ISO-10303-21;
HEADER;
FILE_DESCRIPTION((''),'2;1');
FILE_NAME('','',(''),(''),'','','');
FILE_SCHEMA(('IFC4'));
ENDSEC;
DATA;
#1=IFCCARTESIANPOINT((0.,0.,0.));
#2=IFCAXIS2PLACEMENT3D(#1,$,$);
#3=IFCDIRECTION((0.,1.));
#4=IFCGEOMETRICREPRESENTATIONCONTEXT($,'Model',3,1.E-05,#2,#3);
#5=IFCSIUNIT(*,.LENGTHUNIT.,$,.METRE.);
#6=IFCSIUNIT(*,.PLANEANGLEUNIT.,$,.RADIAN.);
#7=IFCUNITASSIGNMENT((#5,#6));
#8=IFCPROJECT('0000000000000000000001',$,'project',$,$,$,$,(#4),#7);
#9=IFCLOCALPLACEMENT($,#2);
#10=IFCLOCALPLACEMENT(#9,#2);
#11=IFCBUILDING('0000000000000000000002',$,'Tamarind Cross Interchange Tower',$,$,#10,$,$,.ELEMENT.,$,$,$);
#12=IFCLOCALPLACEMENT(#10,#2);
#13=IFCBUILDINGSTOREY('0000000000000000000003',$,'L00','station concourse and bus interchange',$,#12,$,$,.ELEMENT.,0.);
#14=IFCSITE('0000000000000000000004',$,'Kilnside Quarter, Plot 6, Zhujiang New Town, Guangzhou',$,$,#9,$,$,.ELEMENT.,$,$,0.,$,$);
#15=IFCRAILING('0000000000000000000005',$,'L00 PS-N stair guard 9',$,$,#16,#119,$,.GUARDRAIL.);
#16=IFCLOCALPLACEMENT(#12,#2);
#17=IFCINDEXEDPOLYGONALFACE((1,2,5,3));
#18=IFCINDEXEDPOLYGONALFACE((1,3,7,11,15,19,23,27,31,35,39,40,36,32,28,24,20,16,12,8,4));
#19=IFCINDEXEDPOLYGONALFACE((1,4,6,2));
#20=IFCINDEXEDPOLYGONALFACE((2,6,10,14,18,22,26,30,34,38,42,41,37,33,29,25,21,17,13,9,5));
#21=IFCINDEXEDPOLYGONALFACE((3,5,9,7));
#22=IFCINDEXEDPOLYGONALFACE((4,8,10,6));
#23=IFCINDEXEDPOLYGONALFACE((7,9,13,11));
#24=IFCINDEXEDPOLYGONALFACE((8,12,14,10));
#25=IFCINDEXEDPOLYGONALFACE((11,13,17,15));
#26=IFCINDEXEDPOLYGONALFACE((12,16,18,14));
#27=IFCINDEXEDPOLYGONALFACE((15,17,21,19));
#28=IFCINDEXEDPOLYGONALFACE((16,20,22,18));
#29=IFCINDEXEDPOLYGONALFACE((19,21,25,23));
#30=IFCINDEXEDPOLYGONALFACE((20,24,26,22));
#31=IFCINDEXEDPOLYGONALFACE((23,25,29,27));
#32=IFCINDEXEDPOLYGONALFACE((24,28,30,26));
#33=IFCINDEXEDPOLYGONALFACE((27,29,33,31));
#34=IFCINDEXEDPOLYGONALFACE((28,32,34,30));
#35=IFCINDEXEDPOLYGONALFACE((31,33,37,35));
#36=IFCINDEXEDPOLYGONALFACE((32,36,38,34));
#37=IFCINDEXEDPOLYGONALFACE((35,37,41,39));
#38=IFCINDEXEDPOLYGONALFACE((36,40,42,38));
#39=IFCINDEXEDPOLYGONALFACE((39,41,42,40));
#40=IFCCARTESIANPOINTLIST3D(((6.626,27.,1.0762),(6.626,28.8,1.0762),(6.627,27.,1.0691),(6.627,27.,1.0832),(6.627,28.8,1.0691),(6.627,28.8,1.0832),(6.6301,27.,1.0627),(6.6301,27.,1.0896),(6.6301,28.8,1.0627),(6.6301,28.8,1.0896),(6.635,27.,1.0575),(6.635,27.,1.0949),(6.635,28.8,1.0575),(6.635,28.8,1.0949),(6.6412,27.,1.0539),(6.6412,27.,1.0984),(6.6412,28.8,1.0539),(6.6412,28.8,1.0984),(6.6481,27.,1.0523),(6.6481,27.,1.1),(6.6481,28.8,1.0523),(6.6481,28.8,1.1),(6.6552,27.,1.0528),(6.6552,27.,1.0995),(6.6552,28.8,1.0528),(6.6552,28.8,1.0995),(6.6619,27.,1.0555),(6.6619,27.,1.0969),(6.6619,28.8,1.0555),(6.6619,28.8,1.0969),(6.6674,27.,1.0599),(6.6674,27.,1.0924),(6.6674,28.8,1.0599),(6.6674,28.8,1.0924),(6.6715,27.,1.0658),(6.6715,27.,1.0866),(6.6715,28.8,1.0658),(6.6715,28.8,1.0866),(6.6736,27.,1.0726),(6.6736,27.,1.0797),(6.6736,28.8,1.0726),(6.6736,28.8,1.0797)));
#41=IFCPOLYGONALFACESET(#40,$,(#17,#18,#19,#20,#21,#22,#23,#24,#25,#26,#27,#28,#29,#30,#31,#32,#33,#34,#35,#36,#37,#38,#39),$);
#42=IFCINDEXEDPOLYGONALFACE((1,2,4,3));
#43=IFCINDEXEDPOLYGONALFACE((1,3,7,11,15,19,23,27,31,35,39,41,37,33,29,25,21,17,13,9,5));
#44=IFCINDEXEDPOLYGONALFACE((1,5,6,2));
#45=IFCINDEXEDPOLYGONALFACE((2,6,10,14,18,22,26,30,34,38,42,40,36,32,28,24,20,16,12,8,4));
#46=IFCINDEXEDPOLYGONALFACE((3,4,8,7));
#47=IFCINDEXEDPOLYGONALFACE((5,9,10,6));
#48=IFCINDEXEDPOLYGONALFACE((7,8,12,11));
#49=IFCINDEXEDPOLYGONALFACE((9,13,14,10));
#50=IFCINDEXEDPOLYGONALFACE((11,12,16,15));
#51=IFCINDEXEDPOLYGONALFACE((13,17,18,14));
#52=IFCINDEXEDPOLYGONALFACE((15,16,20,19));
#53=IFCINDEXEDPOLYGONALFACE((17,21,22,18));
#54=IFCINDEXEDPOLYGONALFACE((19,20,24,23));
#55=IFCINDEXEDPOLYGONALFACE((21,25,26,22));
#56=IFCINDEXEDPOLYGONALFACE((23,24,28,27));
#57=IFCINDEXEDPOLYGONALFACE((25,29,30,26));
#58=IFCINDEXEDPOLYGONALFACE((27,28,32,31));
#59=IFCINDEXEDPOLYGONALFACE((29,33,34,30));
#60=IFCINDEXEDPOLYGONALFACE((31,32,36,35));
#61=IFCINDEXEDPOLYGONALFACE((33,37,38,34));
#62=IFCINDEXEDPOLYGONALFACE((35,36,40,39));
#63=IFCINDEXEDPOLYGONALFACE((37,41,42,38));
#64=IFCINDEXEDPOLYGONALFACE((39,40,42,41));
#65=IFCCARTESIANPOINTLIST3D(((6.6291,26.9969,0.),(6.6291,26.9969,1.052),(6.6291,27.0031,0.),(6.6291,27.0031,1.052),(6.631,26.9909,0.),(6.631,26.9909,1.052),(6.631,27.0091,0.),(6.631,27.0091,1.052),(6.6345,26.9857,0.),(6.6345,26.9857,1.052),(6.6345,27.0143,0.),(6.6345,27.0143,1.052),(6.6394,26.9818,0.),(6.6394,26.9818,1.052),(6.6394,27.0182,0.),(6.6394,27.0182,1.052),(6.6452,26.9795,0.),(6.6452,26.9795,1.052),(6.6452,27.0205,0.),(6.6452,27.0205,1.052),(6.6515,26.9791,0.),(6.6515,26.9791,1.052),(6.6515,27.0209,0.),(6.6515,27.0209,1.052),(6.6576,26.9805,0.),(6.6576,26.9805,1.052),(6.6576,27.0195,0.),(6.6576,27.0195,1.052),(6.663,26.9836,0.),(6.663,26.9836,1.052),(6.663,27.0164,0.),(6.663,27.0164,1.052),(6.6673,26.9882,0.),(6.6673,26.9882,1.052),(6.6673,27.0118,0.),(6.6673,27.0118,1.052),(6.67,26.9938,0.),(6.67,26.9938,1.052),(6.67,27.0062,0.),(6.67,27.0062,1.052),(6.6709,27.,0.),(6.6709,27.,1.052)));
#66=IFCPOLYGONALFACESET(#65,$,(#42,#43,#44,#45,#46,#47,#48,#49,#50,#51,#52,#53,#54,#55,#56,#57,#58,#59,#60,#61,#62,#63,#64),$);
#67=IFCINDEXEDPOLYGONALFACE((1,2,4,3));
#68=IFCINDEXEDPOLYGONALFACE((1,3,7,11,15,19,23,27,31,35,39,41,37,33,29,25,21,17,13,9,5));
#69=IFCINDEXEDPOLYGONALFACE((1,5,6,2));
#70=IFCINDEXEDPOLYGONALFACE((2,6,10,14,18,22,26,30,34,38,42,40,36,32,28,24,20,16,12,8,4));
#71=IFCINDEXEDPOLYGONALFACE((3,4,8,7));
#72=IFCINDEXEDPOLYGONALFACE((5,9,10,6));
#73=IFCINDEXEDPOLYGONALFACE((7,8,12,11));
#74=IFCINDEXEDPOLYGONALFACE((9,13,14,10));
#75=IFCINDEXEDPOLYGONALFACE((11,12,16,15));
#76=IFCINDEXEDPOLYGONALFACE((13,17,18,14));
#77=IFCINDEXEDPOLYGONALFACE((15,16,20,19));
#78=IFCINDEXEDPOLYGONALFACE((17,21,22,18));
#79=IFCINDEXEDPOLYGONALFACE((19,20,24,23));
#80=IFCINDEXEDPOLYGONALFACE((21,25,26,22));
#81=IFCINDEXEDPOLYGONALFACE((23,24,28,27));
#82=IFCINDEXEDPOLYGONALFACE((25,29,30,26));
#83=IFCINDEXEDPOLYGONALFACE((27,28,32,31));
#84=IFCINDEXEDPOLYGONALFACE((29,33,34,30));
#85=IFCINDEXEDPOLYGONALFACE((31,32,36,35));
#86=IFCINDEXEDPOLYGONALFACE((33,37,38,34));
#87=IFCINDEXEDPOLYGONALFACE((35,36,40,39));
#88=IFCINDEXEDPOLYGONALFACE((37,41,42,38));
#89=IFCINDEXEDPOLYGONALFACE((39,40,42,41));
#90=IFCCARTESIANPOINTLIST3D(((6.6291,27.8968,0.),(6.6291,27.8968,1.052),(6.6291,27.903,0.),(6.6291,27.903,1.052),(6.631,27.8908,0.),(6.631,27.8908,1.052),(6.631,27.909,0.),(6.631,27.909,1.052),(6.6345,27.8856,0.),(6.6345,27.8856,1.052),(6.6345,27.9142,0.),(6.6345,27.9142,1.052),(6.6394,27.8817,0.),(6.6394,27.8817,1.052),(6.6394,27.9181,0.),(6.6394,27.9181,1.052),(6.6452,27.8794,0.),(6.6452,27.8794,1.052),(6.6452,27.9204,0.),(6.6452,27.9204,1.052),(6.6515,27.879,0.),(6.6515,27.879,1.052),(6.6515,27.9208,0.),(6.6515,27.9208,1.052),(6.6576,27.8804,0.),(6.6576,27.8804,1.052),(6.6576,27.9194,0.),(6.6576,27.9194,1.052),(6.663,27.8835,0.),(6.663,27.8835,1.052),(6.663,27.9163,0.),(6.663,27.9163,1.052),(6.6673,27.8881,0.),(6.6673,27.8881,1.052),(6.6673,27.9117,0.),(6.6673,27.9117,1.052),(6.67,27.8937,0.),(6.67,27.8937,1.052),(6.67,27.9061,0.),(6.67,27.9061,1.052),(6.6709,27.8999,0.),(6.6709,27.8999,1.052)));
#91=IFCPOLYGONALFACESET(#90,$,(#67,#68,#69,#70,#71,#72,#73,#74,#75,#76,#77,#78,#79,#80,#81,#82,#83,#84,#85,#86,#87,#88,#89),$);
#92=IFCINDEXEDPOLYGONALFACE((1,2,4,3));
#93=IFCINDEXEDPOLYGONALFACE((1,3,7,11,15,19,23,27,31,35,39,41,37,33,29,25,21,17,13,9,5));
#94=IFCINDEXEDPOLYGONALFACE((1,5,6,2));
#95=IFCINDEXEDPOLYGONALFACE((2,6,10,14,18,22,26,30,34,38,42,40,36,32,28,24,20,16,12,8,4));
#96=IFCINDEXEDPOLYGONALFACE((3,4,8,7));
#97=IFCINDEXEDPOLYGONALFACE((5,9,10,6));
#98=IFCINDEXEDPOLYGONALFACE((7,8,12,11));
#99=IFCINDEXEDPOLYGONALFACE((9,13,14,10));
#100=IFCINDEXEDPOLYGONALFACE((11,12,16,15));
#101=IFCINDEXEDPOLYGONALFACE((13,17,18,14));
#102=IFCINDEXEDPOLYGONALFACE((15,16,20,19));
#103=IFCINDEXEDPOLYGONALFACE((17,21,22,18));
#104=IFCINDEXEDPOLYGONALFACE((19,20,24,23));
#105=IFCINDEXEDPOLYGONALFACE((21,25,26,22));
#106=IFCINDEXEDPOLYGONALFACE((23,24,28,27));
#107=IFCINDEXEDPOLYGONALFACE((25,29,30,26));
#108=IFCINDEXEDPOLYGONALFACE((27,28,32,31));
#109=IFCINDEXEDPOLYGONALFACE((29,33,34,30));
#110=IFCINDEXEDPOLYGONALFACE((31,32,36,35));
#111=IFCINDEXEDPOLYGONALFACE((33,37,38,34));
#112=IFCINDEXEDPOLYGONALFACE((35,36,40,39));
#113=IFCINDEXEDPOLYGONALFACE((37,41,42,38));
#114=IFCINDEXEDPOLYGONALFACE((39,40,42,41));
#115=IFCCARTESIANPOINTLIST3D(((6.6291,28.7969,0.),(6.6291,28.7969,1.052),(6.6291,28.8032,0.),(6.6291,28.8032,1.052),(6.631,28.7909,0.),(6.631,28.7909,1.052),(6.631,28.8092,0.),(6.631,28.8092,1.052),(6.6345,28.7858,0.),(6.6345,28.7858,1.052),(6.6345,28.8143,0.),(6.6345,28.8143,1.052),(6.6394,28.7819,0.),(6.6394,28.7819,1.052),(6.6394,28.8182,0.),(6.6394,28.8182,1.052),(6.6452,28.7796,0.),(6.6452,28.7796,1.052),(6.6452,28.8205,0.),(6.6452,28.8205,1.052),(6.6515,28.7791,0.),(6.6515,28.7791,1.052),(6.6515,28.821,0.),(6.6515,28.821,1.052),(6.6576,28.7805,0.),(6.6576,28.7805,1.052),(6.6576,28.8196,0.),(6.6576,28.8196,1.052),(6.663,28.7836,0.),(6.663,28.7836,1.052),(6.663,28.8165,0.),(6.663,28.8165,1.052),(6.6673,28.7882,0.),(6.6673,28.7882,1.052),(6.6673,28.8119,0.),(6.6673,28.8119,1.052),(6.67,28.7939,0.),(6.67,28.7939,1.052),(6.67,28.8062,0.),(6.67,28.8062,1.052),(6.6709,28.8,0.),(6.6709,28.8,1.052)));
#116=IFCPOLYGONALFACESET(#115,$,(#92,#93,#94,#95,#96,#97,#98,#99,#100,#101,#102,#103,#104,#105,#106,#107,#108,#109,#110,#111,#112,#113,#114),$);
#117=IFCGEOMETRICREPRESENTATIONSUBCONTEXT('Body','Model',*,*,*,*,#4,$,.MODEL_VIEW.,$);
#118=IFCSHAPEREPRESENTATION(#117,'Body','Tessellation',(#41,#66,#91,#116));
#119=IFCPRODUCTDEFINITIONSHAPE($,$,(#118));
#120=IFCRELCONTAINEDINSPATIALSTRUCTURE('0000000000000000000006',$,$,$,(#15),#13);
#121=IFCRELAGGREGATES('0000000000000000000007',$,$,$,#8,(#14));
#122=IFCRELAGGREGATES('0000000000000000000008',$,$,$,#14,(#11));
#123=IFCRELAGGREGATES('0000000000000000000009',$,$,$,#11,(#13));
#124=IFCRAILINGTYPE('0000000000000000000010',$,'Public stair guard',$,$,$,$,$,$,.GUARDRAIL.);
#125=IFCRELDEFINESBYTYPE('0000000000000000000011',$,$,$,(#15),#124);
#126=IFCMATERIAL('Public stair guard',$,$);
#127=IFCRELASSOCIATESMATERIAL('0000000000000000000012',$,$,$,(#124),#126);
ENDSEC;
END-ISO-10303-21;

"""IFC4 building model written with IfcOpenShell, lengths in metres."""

from ifc_helpers import new_model, si_unit, direction, frame, origin, origin_2d, place, context, subcontext, project, spatial, circle, extrude, material, type_object, element, save


model = new_model("IFC4")

# Units and contexts
model_context = context("Model", 3, precision=1e-05, world=origin(), true_north=direction((0.0, 1.0)))
body_context = subcontext(model_context, "Body", "Model", "MODEL_VIEW")
ifc_project = project(units=[si_unit("LENGTHUNIT", "METRE"), si_unit("PLANEANGLEUNIT", "RADIAN")], contexts=[model_context])

# Site, building, storey
site_placement = place(None, origin())
site = spatial("IfcSite", under=ifc_project, at=site_placement, Name="Kilnside Quarter, Plot 6, Zhujiang New Town, Guangzhou", CompositionType="ELEMENT", RefElevation=0.0)
building_placement = place(site_placement, origin())
building = spatial("IfcBuilding", under=site, at=building_placement, Name="Tamarind Cross Interchange Tower", CompositionType="ELEMENT")
storey_placement = place(building_placement, origin())
storey = spatial("IfcBuildingStorey", under=building, at=storey_placement, Name="L00", Description="station concourse and bus interchange", CompositionType="ELEMENT", Elevation=0.0)

# Railing
ifc_material_1 = material(Name="Public stair guard")
railing_type_1 = type_object("IfcRailingType", Name="Public stair guard", PredefinedType="GUARDRAIL", material=ifc_material_1)
railing_1_placement = place(storey_placement, frame((6.6499, 27.0, 0.0)))
element("IfcRailing", 1, at=railing_1_placement, inside=storey, type_object=railing_type_1, Name="L00 PS-N stair guard 9", PredefinedType="GUARDRAIL", context=body_context, shape_type="SweptSolid", body=[
    extrude(circle(Radius=0.0239, at=origin_2d()), frame((0.0, 0.0, 1.0762), z_axis=(0.0, 1.0, 0.0), x_axis=(-1.0, 0.0, 0.0)), (0.0, 0.0, 1.0), 1.8),
    extrude(circle(Radius=0.021, at=origin_2d()), origin(), (0.0, 0.0, 1.0), 1.052),
    extrude(circle(Radius=0.021, at=origin_2d()), frame((0.0, 0.8999, 0.0)), (0.0, 0.0, 1.0), 1.052),
    extrude(circle(Radius=0.021, at=origin_2d()), frame((0.0, 1.8, 0.0)), (0.0, 0.0, 1.0), 1.052),
])

save(model, "model.ifc")
